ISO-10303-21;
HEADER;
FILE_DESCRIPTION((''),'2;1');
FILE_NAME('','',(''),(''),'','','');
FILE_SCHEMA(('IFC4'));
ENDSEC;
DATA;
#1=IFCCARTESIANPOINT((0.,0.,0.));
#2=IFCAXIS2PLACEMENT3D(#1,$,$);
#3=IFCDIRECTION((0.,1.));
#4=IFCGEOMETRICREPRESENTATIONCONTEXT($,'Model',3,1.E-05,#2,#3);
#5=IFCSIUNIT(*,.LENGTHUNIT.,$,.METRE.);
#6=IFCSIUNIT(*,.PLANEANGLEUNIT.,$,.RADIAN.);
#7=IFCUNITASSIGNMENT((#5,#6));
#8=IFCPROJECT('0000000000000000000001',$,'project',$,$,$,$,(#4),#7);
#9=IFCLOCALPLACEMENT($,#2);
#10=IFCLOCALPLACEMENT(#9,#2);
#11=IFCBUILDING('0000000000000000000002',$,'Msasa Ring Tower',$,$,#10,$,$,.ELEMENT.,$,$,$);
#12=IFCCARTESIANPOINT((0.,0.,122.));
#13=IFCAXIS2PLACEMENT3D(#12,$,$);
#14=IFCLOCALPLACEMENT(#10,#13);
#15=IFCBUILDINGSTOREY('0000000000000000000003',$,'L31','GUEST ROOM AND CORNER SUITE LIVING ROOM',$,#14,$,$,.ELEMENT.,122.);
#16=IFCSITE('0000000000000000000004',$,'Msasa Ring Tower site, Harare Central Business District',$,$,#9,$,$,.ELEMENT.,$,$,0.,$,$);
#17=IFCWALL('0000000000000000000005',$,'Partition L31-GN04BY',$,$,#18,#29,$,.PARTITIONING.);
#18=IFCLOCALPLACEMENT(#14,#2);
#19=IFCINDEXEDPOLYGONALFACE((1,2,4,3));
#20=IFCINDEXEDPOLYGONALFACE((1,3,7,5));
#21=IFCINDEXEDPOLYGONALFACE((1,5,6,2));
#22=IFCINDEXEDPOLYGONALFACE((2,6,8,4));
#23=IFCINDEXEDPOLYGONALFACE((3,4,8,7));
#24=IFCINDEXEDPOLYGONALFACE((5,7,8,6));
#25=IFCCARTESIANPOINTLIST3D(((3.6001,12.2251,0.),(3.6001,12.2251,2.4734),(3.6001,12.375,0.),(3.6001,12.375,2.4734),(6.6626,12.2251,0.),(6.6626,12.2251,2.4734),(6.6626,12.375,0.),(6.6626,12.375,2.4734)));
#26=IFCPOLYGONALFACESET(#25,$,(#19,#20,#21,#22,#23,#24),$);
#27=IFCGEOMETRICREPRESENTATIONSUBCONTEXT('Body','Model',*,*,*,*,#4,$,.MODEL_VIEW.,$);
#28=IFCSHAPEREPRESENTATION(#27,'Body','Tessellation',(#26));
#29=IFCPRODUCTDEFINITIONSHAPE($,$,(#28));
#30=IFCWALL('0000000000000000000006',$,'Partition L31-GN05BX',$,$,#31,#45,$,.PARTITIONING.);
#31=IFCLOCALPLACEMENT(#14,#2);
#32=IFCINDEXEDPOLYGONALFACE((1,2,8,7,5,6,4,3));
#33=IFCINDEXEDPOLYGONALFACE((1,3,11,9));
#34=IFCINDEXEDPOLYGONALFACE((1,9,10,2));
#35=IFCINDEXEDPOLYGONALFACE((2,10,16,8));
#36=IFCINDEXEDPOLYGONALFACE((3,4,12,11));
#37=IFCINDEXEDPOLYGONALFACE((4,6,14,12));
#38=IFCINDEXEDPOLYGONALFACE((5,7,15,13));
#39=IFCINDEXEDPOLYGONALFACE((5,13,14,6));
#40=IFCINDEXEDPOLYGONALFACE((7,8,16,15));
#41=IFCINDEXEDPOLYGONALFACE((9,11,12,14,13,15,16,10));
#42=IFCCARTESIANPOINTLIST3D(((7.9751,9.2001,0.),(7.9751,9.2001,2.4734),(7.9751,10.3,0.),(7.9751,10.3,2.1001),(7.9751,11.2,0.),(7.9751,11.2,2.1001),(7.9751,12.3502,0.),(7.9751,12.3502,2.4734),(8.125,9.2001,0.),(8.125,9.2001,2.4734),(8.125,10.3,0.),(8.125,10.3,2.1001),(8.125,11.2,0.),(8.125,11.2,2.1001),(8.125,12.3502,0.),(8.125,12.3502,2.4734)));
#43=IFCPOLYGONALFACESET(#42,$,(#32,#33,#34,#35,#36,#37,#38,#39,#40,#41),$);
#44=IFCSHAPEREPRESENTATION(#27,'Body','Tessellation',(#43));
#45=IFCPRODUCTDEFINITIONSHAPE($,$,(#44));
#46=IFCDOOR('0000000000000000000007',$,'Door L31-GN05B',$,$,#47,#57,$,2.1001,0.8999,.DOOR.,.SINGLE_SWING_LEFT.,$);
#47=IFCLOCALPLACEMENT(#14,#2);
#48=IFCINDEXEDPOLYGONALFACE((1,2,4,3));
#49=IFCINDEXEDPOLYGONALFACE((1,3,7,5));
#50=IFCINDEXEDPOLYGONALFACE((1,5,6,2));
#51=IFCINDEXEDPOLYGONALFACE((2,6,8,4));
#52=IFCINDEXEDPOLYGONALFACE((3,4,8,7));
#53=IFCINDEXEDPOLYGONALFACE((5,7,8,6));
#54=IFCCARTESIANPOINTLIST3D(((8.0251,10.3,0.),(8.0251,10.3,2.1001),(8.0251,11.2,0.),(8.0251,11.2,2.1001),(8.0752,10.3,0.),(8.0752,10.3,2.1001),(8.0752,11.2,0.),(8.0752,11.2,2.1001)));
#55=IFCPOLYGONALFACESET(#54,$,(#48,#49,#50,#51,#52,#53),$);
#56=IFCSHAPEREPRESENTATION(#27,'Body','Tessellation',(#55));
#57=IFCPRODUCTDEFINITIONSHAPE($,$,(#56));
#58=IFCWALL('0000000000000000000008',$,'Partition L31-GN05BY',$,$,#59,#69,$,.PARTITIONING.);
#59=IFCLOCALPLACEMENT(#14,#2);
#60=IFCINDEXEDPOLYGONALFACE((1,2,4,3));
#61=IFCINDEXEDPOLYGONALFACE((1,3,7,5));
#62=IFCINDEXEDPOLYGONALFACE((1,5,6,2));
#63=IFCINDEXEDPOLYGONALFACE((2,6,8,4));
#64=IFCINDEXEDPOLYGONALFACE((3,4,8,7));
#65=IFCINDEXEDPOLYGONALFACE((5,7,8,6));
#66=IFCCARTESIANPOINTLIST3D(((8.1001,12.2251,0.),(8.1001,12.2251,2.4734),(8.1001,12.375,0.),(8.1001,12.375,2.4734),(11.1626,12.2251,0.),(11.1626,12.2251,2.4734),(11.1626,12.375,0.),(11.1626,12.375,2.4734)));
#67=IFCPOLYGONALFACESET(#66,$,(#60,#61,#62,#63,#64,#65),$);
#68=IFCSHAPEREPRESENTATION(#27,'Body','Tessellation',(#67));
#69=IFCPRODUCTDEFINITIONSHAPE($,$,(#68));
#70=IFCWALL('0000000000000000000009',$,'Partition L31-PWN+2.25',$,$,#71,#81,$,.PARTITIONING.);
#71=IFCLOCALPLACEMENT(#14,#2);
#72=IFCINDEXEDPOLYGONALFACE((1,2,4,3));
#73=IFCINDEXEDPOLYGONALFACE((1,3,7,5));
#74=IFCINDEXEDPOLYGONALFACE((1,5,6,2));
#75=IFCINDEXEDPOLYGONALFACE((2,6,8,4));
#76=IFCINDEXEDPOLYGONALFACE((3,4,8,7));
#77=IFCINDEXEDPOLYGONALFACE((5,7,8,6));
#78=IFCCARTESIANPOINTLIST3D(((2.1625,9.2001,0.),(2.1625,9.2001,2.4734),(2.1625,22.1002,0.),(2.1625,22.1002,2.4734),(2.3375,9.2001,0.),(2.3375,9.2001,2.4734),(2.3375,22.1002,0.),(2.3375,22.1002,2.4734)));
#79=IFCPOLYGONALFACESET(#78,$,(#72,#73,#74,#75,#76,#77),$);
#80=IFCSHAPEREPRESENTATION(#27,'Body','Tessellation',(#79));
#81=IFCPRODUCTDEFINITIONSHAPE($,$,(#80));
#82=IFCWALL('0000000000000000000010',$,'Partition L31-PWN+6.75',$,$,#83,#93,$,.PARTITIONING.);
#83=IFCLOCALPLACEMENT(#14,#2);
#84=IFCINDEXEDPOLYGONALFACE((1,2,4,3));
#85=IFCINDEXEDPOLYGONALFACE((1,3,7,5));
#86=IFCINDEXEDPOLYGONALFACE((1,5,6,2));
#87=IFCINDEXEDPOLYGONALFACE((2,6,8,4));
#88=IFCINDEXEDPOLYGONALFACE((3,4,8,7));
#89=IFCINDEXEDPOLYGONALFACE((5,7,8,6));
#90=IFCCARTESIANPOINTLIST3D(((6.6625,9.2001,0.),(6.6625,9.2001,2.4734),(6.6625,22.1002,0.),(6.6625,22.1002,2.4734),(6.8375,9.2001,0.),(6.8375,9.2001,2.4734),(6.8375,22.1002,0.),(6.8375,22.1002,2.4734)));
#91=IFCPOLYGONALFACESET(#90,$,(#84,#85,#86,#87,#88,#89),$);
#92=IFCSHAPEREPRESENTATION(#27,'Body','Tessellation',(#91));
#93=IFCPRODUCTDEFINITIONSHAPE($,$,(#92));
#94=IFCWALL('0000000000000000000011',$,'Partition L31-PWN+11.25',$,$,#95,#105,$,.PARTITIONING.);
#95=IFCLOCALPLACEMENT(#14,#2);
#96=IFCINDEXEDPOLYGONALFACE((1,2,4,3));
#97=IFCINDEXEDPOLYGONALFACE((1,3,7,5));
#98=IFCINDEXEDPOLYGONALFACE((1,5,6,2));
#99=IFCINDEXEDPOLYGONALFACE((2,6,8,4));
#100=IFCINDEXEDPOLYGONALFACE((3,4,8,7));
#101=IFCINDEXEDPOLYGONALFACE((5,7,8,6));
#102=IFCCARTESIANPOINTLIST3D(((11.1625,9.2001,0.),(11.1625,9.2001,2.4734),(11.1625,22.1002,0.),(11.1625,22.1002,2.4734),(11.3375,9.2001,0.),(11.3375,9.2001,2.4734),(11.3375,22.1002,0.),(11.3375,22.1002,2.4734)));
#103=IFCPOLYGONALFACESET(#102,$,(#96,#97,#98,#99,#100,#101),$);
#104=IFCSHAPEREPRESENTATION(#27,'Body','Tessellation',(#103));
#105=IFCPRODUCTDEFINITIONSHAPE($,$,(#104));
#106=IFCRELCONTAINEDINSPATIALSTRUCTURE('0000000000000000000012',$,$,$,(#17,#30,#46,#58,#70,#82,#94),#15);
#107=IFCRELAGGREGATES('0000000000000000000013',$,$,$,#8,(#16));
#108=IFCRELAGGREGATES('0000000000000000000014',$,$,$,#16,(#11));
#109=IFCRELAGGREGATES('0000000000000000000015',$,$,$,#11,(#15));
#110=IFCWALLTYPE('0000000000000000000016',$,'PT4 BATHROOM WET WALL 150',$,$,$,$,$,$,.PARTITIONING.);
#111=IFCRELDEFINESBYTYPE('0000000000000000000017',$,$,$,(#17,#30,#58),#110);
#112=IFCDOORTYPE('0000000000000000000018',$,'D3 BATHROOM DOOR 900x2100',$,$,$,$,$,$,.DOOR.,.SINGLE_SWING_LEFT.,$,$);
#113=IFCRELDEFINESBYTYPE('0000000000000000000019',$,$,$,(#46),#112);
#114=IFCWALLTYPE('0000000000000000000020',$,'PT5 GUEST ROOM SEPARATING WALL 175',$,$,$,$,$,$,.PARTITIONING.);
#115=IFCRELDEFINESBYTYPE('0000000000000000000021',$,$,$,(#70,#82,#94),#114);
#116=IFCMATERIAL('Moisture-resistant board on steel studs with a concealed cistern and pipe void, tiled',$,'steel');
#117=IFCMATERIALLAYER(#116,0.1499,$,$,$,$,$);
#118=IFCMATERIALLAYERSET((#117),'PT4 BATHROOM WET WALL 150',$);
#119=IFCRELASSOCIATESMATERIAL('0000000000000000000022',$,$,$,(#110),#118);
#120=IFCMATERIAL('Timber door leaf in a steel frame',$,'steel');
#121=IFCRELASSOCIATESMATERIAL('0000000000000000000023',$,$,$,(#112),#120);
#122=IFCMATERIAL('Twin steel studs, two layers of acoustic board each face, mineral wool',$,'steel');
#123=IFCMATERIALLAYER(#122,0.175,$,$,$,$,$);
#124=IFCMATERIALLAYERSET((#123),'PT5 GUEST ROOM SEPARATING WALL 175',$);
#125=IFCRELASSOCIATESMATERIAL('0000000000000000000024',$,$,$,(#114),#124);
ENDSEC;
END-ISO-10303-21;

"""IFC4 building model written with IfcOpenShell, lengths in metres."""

from ifc_helpers import new_model, si_unit, direction, frame, frame_2d, origin, place, context, subcontext, project, spatial, rectangle, extrude, material, layer, layer_set, type_object, element, fill, save


model = new_model("IFC4")

# Units and contexts
model_context = context("Model", 3, precision=1e-05, world=origin(), true_north=direction((0.0, 1.0)))
body_context = subcontext(model_context, "Body", "Model", "MODEL_VIEW")
ifc_project = project(units=[si_unit("LENGTHUNIT", "METRE"), si_unit("PLANEANGLEUNIT", "RADIAN")], contexts=[model_context])

# Site, building, storey
site_placement = place(None, origin())
site = spatial("IfcSite", under=ifc_project, at=site_placement, Name="Msasa Ring Tower site, Harare Central Business District", CompositionType="ELEMENT", RefElevation=0.0)
building_placement = place(site_placement, origin())
building = spatial("IfcBuilding", under=site, at=building_placement, Name="Msasa Ring Tower", CompositionType="ELEMENT")
storey_placement = place(building_placement, frame((0.0, 0.0, 122.0)))
storey = spatial("IfcBuildingStorey", under=building, at=storey_placement, Name="L31", Description="GUEST ROOM AND CORNER SUITE LIVING ROOM", CompositionType="ELEMENT", Elevation=122.0)

# Shared definitions
ifc_material_1 = material(Name="Moisture-resistant board on steel studs with a concealed cistern and pipe void, tiled", Category="steel")
ifc_layer_1 = layer(ifc_material_1, 0.1499)
ifc_layer_set_1 = layer_set([ifc_layer_1], Name="PT4 BATHROOM WET WALL 150")
wall_type_1 = type_object("IfcWallType", Name="PT4 BATHROOM WET WALL 150", PredefinedType="PARTITIONING", material=ifc_layer_set_1)
ifc_material_2 = material(Name="Timber door leaf in a steel frame", Category="steel")
door_type = type_object("IfcDoorType", Name="D3 BATHROOM DOOR 900x2100", OperationType="SINGLE_SWING_LEFT", PredefinedType="DOOR", material=ifc_material_2)

# Wall
wall_1_placement = place(storey_placement, frame((3.6001, 12.3, 0.0), z_axis=(0.0, 0.0, 1.0), x_axis=(1.0, 0.0, 0.0)))
element("IfcWall", 1, at=wall_1_placement, inside=storey, type_object=wall_type_1, Name="Partition L31-GN04BY", PredefinedType="PARTITIONING", context=body_context, shape_type="SweptSolid", body=[
    extrude(rectangle(XDim=3.0625, YDim=0.1499, at=frame_2d((1.5312, 0.0))), origin(), (0.0, 0.0, 1.0), 2.4734),
])

# Wall, opening, door
wall_2_placement = place(storey_placement, frame((8.05, 9.2, 0.0), z_axis=(0.0, 0.0, 1.0), x_axis=(0.0, 1.0, 0.0)))
wall_2 = element("IfcWall", 2, at=wall_2_placement, inside=storey, type_object=wall_type_1, Name="Partition L31-GN05BX", PredefinedType="PARTITIONING", context=body_context, shape_type="SweptSolid", body=[
    extrude(rectangle(XDim=3.1501, YDim=0.1499, at=frame_2d((1.5752, 0.0))), origin(), (0.0, 0.0, 1.0), 2.4734),
])
opening_1_placement = place(wall_2_placement, frame((1.1001, 0.0, 0.0)))
opening_1 = element("IfcOpeningElement", 3, at=opening_1_placement, cuts=wall_2, PredefinedType="OPENING", context=body_context, shape_type="SweptSolid", body=[
    extrude(rectangle(XDim=0.8999, YDim=2.1001, at=frame_2d((0.45, 1.05))), frame((0.0, 0.085, 0.0), z_axis=(0.0, -1.0, 0.0), x_axis=(1.0, 0.0, 0.0)), (0.0, 0.0, 1.0), 0.1699),
])
door_1_placement = place(opening_1_placement, origin())
door_1 = element("IfcDoor", 4, at=door_1_placement, inside=storey, type_object=door_type, Name="Door L31-GN05B", OperationType="SINGLE_SWING_LEFT", OverallHeight=2.1001, OverallWidth=0.8999, PredefinedType="DOOR", context=body_context, shape_type="SweptSolid", body=[
    extrude(rectangle(XDim=0.8999, YDim=2.1001, at=frame_2d((0.45, 1.05))), frame((0.0, 0.0249, 0.0), z_axis=(0.0, -1.0, 0.0), x_axis=(1.0, 0.0, 0.0)), (0.0, 0.0, 1.0), 0.05),
])
fill(opening_1, door_1)

# Walls
wall_3_placement = place(storey_placement, frame((8.1001, 12.3, 0.0), z_axis=(0.0, 0.0, 1.0), x_axis=(1.0, 0.0, 0.0)))
element("IfcWall", 5, at=wall_3_placement, inside=storey, type_object=wall_type_1, Name="Partition L31-GN05BY", PredefinedType="PARTITIONING", context=body_context, shape_type="SweptSolid", body=[
    extrude(rectangle(XDim=3.0625, YDim=0.1499, at=frame_2d((1.5312, 0.0))), origin(), (0.0, 0.0, 1.0), 2.4734),
])
ifc_material_3 = material(Name="Twin steel studs, two layers of acoustic board each face, mineral wool", Category="steel")
ifc_layer_2 = layer(ifc_material_3, 0.175)
ifc_layer_set_2 = layer_set([ifc_layer_2], Name="PT5 GUEST ROOM SEPARATING WALL 175")
wall_type_2 = type_object("IfcWallType", Name="PT5 GUEST ROOM SEPARATING WALL 175", PredefinedType="PARTITIONING", material=ifc_layer_set_2)
for number, where, z_axis, x_axis, name in (
    (6, (2.25, 9.2, 0.0), (0.0, 0.0, 1.0), (0.0, 1.0, 0.0), "Partition L31-PWN+2.25"),
    (7, (6.75, 9.2, 0.0), (0.0, 0.0, 1.0), (0.0, 1.0, 0.0), "Partition L31-PWN+6.75"),
    (8, (11.25, 9.2, 0.0), (0.0, 0.0, 1.0), (0.0, 1.0, 0.0), "Partition L31-PWN+11.25"),
):
    element("IfcWall", number, at=place(storey_placement, frame(where, z_axis=z_axis, x_axis=x_axis)), inside=storey, type_object=wall_type_2, Name=name, PredefinedType="PARTITIONING", context=body_context, shape_type="SweptSolid", body=[
        extrude(rectangle(XDim=12.9001, YDim=0.175, at=frame_2d((6.4502, 0.0))), origin(), (0.0, 0.0, 1.0), 2.4734),
    ])

save(model, "model.ifc")
